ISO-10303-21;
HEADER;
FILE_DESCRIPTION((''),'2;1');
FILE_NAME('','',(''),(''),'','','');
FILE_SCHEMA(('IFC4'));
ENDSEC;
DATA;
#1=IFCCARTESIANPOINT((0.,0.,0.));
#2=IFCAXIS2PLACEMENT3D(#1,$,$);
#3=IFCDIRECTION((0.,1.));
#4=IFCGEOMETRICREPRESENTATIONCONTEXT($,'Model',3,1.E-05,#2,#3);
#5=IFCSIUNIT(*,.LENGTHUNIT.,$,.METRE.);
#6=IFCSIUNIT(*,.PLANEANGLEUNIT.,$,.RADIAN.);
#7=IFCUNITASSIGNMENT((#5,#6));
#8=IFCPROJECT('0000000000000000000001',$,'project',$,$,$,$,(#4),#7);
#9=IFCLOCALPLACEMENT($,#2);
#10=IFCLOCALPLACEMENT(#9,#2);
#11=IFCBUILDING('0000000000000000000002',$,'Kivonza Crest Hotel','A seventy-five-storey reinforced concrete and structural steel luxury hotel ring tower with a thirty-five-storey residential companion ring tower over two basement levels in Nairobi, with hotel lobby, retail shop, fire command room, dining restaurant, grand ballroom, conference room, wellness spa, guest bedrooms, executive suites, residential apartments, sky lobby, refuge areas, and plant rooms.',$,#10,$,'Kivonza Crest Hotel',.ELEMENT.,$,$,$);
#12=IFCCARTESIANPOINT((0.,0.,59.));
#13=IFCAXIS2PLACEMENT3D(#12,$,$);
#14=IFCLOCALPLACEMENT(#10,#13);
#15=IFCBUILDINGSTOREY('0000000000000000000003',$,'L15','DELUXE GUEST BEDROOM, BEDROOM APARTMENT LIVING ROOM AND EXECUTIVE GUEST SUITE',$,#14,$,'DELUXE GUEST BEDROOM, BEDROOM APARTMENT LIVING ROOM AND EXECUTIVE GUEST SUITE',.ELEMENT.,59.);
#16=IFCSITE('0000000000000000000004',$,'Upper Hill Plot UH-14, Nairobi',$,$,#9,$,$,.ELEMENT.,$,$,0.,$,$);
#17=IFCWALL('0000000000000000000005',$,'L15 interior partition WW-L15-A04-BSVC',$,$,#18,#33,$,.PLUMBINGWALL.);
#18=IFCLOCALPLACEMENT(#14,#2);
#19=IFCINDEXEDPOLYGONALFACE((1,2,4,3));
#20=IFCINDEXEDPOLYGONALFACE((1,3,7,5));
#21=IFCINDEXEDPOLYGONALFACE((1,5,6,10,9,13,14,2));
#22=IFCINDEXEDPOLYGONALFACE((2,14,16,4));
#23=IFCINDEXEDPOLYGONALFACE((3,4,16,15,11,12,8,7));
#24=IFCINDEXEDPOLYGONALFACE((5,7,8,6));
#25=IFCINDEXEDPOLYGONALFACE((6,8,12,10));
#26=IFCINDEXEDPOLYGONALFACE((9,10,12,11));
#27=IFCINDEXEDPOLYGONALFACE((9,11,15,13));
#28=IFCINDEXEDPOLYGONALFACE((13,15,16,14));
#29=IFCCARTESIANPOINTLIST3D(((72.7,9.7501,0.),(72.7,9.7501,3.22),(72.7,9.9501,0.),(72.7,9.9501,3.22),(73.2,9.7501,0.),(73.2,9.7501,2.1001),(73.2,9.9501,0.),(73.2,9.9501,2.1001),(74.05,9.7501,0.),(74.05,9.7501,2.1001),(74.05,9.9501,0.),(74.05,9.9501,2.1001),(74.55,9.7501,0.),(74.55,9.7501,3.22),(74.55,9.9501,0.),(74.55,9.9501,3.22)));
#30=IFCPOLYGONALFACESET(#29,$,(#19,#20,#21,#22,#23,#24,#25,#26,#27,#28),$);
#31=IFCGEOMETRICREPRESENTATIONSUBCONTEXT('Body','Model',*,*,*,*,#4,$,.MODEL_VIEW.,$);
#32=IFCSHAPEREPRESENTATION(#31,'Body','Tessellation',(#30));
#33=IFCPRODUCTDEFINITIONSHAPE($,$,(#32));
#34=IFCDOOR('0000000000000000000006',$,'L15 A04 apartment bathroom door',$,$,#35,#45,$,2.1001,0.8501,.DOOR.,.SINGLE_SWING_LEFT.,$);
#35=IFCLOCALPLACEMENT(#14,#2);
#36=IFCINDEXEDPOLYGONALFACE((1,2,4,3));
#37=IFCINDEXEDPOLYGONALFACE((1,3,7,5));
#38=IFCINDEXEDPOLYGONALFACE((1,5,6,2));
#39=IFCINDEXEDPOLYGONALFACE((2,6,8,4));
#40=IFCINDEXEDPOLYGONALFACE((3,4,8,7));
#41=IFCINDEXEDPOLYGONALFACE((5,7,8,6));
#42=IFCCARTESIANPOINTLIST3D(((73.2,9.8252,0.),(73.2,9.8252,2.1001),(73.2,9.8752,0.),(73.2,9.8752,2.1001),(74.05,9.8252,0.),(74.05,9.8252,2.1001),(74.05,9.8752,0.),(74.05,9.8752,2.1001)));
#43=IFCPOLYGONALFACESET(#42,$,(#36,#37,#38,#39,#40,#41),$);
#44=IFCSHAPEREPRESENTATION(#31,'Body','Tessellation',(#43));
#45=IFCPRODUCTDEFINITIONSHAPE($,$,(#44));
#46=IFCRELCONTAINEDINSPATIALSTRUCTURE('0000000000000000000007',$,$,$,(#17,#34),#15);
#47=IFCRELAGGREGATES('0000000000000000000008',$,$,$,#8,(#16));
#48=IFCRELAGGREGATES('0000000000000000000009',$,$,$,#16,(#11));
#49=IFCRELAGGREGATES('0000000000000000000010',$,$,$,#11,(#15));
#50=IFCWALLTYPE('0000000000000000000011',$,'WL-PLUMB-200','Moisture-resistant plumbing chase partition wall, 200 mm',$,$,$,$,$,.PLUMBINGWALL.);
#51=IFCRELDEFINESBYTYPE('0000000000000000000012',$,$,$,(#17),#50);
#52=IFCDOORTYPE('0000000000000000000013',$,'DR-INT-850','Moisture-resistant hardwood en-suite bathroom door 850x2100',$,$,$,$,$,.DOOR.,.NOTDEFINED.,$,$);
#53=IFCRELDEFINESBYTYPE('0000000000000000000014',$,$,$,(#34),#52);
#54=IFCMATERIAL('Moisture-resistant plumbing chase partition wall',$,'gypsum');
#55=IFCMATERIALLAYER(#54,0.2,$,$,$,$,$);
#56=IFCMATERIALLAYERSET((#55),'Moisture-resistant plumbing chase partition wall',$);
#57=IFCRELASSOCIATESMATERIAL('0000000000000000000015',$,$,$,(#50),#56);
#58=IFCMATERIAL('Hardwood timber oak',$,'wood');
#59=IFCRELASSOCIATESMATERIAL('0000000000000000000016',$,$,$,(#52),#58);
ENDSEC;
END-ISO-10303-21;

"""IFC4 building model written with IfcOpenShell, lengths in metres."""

from ifc_helpers import new_model, si_unit, direction, frame, frame_2d, origin, place, context, subcontext, project, spatial, rectangle, extrude, material, layer, layer_set, type_object, element, fill, save


model = new_model("IFC4")

# Units and contexts
model_context = context("Model", 3, precision=1e-05, world=origin(), true_north=direction((0.0, 1.0)))
body_context = subcontext(model_context, "Body", "Model", "MODEL_VIEW")
ifc_project = project(units=[si_unit("LENGTHUNIT", "METRE"), si_unit("PLANEANGLEUNIT", "RADIAN")], contexts=[model_context])

# Site, building, storey
site_placement = place(None, origin())
site = spatial("IfcSite", under=ifc_project, at=site_placement, Name="Upper Hill Plot UH-14, Nairobi", CompositionType="ELEMENT", RefElevation=0.0)
building_placement = place(site_placement, origin())
building = spatial("IfcBuilding", under=site, at=building_placement, Name="Kivonza Crest Hotel", Description="A seventy-five-storey reinforced concrete and structural steel luxury hotel ring tower with a thirty-five-storey residential companion ring tower over two basement levels in Nairobi, with hotel lobby, retail shop, fire command room, dining restaurant, grand ballroom, conference room, wellness spa, guest bedrooms, executive suites, residential apartments, sky lobby, refuge areas, and plant rooms.", LongName="Kivonza Crest Hotel", CompositionType="ELEMENT")
storey_placement = place(building_placement, frame((0.0, 0.0, 59.0)))
storey = spatial("IfcBuildingStorey", under=building, at=storey_placement, Name="L15", Description="DELUXE GUEST BEDROOM, BEDROOM APARTMENT LIVING ROOM AND EXECUTIVE GUEST SUITE", LongName="DELUXE GUEST BEDROOM, BEDROOM APARTMENT LIVING ROOM AND EXECUTIVE GUEST SUITE", CompositionType="ELEMENT", Elevation=59.0)

# Shared definitions
ifc_material_1 = material(Name="Hardwood timber oak", Category="wood")

# Shared definitions
ifc_material_2 = material(Name="Moisture-resistant plumbing chase partition wall", Category="gypsum")
ifc_layer_1 = layer(ifc_material_2, 0.2)
ifc_layer_set_1 = layer_set([ifc_layer_1], Name="Moisture-resistant plumbing chase partition wall")
wall_type_1 = type_object("IfcWallType", Name="WL-PLUMB-200", Description="Moisture-resistant plumbing chase partition wall, 200 mm", PredefinedType="PLUMBINGWALL", material=ifc_layer_set_1)

# Wall, opening, door
door_type_1 = type_object("IfcDoorType", Name="DR-INT-850", Description="Moisture-resistant hardwood en-suite bathroom door 850x2100", OperationType="NOTDEFINED", PredefinedType="DOOR", material=ifc_material_1)
wall_1_placement = place(storey_placement, frame((72.7, 9.8501, 0.0), z_axis=(0.0, 0.0, 1.0), x_axis=(1.0, 0.0, 0.0)))
wall_1 = element("IfcWall", 1, at=wall_1_placement, inside=storey, type_object=wall_type_1, Name="L15 interior partition WW-L15-A04-BSVC", PredefinedType="PLUMBINGWALL", context=body_context, shape_type="SweptSolid", body=[
    extrude(rectangle(XDim=1.8501, YDim=0.2, at=frame_2d((0.925, 0.0))), origin(), (0.0, 0.0, 1.0), 3.22),
])
opening_1_placement = place(wall_1_placement, frame((0.5, 0.0, 0.0)))
opening_1 = element("IfcOpeningElement", 2, at=opening_1_placement, cuts=wall_1, PredefinedType="OPENING", context=body_context, shape_type="SweptSolid", body=[
    extrude(rectangle(XDim=0.8501, YDim=2.1001, at=frame_2d((0.425, 1.05))), frame((0.0, 0.1099, 0.0), z_axis=(0.0, -1.0, 0.0), x_axis=(1.0, 0.0, 0.0)), (0.0, 0.0, 1.0), 0.22),
])
door_1_placement = place(opening_1_placement, frame((0.8501, 0.0, 0.0), z_axis=(0.0, 0.0, 1.0), x_axis=(-1.0, 0.0, 0.0)))
door_1 = element("IfcDoor", 3, at=door_1_placement, inside=storey, type_object=door_type_1, Name="L15 A04 apartment bathroom door", OperationType="SINGLE_SWING_LEFT", OverallHeight=2.1001, OverallWidth=0.8501, PredefinedType="DOOR", context=body_context, shape_type="SweptSolid", body=[
    extrude(rectangle(XDim=0.8501, YDim=2.1001, at=frame_2d((0.425, 1.05))), frame((0.0, 0.0249, 0.0), z_axis=(0.0, -1.0, 0.0), x_axis=(1.0, 0.0, 0.0)), (0.0, 0.0, 1.0), 0.05),
])
fill(opening_1, door_1)

save(model, "model.ifc")
